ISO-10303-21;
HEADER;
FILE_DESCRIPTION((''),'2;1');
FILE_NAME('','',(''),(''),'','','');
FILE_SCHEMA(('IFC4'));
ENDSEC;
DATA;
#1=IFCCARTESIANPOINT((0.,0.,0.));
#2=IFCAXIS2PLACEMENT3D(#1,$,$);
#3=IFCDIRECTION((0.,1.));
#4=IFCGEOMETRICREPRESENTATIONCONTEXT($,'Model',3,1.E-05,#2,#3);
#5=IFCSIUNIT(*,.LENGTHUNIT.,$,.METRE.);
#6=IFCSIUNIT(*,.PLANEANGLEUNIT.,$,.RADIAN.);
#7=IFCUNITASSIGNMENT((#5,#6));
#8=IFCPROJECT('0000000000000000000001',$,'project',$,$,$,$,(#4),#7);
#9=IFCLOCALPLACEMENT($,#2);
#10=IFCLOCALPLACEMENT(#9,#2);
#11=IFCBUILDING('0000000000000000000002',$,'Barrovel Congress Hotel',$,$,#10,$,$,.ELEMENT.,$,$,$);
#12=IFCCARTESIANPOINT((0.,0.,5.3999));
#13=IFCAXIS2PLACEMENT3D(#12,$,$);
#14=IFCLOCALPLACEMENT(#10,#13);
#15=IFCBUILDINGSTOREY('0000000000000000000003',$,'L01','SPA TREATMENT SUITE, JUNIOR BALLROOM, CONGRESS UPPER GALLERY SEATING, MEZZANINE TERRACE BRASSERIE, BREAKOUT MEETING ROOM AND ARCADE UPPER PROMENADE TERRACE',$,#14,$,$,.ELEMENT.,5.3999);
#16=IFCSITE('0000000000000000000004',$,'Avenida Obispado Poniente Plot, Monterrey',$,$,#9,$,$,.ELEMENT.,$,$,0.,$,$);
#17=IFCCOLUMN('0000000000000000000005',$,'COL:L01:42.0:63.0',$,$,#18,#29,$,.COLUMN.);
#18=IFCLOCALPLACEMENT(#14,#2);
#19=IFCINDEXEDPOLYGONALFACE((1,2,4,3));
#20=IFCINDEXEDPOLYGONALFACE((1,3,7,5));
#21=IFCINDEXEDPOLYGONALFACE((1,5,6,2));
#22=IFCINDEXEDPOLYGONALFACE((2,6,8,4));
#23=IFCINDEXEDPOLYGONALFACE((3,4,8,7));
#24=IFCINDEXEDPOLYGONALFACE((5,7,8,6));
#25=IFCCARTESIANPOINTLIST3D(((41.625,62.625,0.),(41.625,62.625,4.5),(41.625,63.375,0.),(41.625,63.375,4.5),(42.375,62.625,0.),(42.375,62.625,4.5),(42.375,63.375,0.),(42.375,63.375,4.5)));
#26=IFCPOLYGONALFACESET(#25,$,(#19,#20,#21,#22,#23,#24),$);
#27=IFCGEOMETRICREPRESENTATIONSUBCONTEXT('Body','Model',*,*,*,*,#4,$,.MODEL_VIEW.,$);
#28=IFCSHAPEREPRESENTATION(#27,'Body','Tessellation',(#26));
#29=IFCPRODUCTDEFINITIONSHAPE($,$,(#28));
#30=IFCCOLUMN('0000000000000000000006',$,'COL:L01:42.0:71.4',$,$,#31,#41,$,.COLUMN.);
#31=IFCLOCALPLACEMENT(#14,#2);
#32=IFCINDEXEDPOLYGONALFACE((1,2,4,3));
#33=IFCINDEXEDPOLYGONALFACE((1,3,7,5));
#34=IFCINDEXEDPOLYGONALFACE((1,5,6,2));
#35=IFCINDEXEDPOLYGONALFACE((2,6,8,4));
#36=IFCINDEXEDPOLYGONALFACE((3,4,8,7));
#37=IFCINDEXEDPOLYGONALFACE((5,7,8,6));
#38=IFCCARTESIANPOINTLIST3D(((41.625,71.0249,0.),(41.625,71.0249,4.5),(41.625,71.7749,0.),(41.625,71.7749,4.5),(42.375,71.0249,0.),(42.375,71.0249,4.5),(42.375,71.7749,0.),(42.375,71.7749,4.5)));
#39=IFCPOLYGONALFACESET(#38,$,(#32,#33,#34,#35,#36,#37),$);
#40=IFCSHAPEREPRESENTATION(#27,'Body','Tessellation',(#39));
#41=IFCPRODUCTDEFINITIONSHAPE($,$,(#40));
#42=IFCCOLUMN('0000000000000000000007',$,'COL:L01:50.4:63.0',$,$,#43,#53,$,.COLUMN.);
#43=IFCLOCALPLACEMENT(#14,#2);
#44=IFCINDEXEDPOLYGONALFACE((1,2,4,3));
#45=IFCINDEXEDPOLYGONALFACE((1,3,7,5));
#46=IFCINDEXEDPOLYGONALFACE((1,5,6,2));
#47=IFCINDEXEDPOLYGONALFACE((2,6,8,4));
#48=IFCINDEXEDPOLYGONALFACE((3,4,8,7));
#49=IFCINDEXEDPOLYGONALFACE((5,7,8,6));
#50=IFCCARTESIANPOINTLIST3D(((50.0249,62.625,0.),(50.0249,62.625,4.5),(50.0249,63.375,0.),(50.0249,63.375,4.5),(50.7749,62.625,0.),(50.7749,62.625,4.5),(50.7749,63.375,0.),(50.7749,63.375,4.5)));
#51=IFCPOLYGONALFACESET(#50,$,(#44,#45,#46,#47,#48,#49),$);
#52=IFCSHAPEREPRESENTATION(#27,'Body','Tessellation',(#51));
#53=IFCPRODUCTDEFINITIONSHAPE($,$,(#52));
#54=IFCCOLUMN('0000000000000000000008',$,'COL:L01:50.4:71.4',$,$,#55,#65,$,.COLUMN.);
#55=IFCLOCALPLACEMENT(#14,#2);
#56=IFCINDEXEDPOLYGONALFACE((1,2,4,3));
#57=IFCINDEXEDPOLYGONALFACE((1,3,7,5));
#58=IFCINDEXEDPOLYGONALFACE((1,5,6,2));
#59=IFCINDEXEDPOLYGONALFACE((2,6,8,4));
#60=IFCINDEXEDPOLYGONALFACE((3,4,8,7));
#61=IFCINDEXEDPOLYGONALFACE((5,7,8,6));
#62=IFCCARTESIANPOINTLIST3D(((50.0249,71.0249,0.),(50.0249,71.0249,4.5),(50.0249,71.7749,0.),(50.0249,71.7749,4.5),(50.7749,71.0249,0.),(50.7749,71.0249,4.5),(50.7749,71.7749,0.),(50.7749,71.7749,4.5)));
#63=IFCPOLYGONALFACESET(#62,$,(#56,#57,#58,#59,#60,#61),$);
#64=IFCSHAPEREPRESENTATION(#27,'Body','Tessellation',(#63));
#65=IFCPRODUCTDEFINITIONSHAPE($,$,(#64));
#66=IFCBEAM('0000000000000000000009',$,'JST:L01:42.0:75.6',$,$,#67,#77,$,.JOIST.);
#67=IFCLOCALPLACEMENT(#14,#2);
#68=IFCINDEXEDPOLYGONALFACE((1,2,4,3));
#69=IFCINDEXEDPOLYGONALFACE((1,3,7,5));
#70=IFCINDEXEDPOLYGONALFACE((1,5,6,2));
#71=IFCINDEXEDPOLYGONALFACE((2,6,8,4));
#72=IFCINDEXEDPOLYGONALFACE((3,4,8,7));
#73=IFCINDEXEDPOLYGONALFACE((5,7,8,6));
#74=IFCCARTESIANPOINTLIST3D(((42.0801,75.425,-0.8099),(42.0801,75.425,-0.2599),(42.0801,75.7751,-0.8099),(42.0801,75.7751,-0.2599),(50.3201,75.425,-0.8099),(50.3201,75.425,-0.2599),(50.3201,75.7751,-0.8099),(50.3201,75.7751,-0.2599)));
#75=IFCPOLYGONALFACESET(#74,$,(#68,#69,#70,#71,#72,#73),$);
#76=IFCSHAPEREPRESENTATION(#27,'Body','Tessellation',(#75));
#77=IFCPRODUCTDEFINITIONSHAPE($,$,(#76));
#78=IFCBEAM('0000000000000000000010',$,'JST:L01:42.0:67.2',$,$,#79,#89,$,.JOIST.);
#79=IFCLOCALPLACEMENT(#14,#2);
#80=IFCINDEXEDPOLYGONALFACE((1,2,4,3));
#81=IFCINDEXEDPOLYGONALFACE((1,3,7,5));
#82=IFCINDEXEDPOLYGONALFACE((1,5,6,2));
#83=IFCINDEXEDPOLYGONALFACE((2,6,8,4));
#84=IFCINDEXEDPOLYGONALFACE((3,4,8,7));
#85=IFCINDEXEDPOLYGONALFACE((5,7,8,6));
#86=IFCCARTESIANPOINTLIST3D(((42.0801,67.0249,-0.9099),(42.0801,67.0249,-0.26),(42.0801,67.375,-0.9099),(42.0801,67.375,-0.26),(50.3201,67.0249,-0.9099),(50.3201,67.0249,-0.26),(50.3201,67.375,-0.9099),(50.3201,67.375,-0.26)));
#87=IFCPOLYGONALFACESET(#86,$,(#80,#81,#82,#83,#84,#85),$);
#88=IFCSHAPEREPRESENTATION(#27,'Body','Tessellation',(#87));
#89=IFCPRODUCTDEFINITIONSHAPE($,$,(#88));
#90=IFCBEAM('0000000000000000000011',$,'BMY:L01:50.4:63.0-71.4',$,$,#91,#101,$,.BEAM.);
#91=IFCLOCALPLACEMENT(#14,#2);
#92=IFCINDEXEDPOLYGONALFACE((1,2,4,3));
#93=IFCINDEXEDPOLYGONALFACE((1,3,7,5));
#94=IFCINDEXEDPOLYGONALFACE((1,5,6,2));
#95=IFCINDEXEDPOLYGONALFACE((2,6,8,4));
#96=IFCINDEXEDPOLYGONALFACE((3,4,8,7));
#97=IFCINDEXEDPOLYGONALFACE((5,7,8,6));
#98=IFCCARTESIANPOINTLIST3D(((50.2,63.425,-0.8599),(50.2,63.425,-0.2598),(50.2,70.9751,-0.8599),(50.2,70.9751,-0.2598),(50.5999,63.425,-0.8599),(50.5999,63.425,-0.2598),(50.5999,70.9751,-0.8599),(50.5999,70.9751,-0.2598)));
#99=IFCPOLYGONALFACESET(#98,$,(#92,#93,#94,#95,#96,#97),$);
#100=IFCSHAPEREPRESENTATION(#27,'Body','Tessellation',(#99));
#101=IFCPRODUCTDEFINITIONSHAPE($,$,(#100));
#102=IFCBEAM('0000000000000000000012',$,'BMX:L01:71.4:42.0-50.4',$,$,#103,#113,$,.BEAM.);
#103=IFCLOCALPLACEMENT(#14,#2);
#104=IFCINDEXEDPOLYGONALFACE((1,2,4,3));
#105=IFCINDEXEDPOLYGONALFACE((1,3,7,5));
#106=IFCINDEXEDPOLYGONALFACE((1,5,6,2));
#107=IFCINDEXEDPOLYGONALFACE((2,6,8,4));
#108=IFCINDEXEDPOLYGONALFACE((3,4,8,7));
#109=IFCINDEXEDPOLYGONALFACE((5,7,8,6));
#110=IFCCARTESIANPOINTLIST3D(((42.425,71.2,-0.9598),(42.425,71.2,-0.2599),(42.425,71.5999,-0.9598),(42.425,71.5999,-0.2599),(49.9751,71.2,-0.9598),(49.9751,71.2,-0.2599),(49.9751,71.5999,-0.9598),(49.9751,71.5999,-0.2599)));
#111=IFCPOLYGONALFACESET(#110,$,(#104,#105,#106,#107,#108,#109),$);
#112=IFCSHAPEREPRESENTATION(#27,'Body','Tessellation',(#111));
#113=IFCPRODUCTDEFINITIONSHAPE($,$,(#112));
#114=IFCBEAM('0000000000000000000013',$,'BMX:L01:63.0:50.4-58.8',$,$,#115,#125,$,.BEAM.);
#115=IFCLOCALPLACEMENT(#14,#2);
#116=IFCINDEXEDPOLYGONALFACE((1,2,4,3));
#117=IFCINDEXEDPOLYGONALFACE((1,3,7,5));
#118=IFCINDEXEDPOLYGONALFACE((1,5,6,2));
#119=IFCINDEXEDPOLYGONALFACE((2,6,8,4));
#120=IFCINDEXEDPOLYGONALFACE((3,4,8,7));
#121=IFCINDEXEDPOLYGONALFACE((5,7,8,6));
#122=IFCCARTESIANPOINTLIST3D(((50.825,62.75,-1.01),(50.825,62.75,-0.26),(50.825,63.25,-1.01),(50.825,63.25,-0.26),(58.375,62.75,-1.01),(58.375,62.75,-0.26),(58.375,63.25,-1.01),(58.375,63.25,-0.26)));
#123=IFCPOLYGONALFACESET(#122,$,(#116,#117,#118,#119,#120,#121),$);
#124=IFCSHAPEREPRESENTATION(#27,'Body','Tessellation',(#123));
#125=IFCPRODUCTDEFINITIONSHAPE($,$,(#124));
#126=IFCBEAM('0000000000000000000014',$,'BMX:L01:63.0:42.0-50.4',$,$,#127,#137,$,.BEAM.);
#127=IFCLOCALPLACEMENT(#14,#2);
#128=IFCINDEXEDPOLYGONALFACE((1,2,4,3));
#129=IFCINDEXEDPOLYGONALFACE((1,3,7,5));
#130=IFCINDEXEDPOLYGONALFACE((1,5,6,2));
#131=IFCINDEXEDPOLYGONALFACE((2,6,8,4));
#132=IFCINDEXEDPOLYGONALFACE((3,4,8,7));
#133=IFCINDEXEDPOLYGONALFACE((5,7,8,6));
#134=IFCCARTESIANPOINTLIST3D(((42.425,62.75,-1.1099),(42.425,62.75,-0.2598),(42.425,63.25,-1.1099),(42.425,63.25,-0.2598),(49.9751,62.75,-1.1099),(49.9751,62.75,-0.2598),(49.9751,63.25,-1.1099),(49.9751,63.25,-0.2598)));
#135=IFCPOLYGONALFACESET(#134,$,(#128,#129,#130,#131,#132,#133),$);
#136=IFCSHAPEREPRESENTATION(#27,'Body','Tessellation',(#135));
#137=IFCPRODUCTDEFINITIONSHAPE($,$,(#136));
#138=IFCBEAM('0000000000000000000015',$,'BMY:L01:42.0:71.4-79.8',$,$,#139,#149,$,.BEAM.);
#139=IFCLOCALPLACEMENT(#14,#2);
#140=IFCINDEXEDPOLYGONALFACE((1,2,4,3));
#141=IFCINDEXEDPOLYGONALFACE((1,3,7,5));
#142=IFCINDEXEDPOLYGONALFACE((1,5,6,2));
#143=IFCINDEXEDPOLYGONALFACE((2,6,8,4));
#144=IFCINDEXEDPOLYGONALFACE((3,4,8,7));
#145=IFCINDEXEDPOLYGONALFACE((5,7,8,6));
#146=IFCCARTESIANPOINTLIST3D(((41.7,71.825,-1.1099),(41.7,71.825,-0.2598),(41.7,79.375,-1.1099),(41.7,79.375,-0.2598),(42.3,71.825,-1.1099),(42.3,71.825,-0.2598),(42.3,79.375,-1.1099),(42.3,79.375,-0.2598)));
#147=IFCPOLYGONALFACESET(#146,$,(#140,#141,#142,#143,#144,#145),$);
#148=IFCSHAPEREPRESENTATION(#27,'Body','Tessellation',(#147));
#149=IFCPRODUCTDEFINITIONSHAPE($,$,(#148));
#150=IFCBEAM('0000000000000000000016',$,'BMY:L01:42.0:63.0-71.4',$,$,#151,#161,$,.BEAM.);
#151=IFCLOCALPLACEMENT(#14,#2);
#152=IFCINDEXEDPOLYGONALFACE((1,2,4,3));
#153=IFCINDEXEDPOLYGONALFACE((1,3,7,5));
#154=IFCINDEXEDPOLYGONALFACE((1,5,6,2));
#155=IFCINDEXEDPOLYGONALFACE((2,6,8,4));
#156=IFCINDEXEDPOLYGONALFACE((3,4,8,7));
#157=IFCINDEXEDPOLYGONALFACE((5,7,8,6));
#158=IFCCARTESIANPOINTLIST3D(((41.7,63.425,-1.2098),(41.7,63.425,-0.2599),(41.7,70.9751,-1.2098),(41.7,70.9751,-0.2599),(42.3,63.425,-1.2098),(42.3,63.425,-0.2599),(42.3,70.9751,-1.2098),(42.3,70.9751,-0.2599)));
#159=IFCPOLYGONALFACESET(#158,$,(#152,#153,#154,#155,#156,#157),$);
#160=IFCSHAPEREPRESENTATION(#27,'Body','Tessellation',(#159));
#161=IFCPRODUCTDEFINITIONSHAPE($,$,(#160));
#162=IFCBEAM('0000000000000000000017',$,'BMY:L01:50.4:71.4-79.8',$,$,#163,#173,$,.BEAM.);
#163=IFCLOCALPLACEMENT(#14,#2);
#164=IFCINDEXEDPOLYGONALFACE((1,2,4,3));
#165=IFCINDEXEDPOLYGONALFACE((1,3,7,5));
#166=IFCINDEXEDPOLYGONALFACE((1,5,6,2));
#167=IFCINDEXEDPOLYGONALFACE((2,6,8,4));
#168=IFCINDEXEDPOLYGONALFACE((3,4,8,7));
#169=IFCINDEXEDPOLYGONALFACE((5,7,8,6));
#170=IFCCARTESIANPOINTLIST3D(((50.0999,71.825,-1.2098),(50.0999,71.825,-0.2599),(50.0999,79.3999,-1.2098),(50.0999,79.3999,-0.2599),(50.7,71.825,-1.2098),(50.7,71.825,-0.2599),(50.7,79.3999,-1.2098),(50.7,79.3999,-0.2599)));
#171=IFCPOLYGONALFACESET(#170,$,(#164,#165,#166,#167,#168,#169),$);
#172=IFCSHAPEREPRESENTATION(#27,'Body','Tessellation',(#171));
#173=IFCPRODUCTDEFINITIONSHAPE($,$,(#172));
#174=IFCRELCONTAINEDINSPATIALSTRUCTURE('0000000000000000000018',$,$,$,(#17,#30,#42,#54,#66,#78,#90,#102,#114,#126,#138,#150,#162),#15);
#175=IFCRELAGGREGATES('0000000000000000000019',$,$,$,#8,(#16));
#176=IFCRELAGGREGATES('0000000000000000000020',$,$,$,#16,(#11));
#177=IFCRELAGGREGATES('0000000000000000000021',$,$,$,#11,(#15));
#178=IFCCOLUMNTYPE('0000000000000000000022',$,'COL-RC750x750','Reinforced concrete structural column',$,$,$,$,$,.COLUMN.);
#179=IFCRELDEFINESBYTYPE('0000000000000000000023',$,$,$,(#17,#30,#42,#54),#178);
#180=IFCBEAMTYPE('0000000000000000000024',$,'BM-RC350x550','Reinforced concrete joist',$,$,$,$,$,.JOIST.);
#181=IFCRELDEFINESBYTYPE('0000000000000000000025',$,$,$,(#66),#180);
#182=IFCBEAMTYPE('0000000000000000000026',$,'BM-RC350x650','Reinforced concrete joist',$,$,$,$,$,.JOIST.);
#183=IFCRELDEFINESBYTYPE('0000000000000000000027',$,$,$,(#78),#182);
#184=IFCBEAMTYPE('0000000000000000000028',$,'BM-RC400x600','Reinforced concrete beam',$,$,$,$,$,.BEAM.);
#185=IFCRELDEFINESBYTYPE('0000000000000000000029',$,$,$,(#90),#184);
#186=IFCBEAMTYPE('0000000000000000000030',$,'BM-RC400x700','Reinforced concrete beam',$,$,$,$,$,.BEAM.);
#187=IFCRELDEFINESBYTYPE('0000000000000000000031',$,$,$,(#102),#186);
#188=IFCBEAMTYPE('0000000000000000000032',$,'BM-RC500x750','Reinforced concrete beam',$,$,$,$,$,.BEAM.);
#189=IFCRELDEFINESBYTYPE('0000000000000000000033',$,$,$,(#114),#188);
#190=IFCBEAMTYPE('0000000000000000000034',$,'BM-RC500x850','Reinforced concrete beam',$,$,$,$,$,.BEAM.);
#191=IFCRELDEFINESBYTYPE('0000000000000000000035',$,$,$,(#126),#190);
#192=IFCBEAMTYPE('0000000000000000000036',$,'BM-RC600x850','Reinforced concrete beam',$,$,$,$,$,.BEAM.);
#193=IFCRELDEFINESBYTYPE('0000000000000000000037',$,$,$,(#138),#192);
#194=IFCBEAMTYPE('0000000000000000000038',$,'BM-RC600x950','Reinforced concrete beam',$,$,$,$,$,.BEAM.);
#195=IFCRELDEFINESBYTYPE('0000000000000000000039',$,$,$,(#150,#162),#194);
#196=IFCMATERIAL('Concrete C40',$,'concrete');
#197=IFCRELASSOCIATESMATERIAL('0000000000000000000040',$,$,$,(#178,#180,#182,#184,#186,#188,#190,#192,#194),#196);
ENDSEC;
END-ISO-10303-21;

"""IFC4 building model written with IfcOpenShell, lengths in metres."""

from ifc_helpers import new_model, si_unit, direction, frame, origin, origin_2d, place, context, subcontext, project, spatial, rectangle, extrude, material, material_profile, profile_set, type_object, element, save


model = new_model("IFC4")

# Units and contexts
model_context = context("Model", 3, precision=1e-05, world=origin(), true_north=direction((0.0, 1.0)))
body_context = subcontext(model_context, "Body", "Model", "MODEL_VIEW")
ifc_project = project(units=[si_unit("LENGTHUNIT", "METRE"), si_unit("PLANEANGLEUNIT", "RADIAN")], contexts=[model_context])

# Site, building, storey
site_placement = place(None, origin())
site = spatial("IfcSite", under=ifc_project, at=site_placement, Name="Avenida Obispado Poniente Plot, Monterrey", CompositionType="ELEMENT", RefElevation=0.0)
building_placement = place(site_placement, origin())
building = spatial("IfcBuilding", under=site, at=building_placement, Name="Barrovel Congress Hotel", CompositionType="ELEMENT")
storey_placement = place(building_placement, frame((0.0, 0.0, 5.3999)))
storey = spatial("IfcBuildingStorey", under=building, at=storey_placement, Name="L01", Description="SPA TREATMENT SUITE, JUNIOR BALLROOM, CONGRESS UPPER GALLERY SEATING, MEZZANINE TERRACE BRASSERIE, BREAKOUT MEETING ROOM AND ARCADE UPPER PROMENADE TERRACE", CompositionType="ELEMENT", Elevation=5.3999)

# Columns
ifc_material_1 = material(Name="Concrete C40", Category="concrete")
ifc_material_profile_1 = material_profile(ifc_material_1, rectangle(XDim=0.75, YDim=0.75, at=origin_2d()), Name="RC750x750")
ifc_profile_set_1 = profile_set([ifc_material_profile_1], Name="Concrete C40")
column_type = type_object("IfcColumnType", Name="COL-RC750x750", Description="Reinforced concrete structural column", PredefinedType="COLUMN", material=ifc_profile_set_1)
for number, where, z_axis, x_axis, name in (
    (1, (42.0, 63.0, 0.0), (0.0, 0.0, 1.0), (1.0, 0.0, 0.0), "COL:L01:42.0:63.0"),
    (2, (42.0, 71.3999, 0.0), (0.0, 0.0, 1.0), (1.0, 0.0, 0.0), "COL:L01:42.0:71.4"),
    (3, (50.3999, 63.0, 0.0), (0.0, 0.0, 1.0), (1.0, 0.0, 0.0), "COL:L01:50.4:63.0"),
    (4, (50.3999, 71.3999, 0.0), (0.0, 0.0, 1.0), (1.0, 0.0, 0.0), "COL:L01:50.4:71.4"),
):
    element("IfcColumn", number, at=place(storey_placement, frame(where, z_axis=z_axis, x_axis=x_axis)), inside=storey, type_object=column_type, Name=name, PredefinedType="COLUMN", context=body_context, shape_type="SweptSolid", body=[
        extrude(rectangle(XDim=0.75, YDim=0.75, at=origin_2d()), origin(), (0.0, 0.0, 1.0), 4.5),
    ])

# Beams
ifc_material_profile_2 = material_profile(ifc_material_1, rectangle(XDim=0.3501, YDim=0.55, at=origin_2d()), Name="RC350x550")
ifc_profile_set_2 = profile_set([ifc_material_profile_2], Name="Concrete C40")
beam_type_1 = type_object("IfcBeamType", Name="BM-RC350x550", Description="Reinforced concrete joist", PredefinedType="JOIST", material=ifc_profile_set_2)
beam_1_placement = place(storey_placement, frame((42.0801, 75.6001, -0.5349), z_axis=(1.0, 0.0, 0.0), x_axis=(0.0, 1.0, 0.0)))
element("IfcBeam", 5, at=beam_1_placement, inside=storey, type_object=beam_type_1, Name="JST:L01:42.0:75.6", PredefinedType="JOIST", context=body_context, shape_type="SweptSolid", body=[
    extrude(rectangle(XDim=0.3501, YDim=0.55, at=origin_2d()), origin(), (0.0, 0.0, 1.0), 8.24),
])
ifc_material_profile_3 = material_profile(ifc_material_1, rectangle(XDim=0.3501, YDim=0.6499, at=origin_2d()), Name="RC350x650")
ifc_profile_set_3 = profile_set([ifc_material_profile_3], Name="Concrete C40")
beam_type_2 = type_object("IfcBeamType", Name="BM-RC350x650", Description="Reinforced concrete joist", PredefinedType="JOIST", material=ifc_profile_set_3)
beam_2_placement = place(storey_placement, frame((42.0801, 67.2, -0.585), z_axis=(1.0, 0.0, 0.0), x_axis=(0.0, 1.0, 0.0)))
element("IfcBeam", 6, at=beam_2_placement, inside=storey, type_object=beam_type_2, Name="JST:L01:42.0:67.2", PredefinedType="JOIST", context=body_context, shape_type="SweptSolid", body=[
    extrude(rectangle(XDim=0.3501, YDim=0.6499, at=origin_2d()), origin(), (0.0, 0.0, 1.0), 8.24),
])
ifc_material_profile_4 = material_profile(ifc_material_1, rectangle(XDim=0.3999, YDim=0.6001, at=origin_2d()), Name="RC400x600")
ifc_profile_set_4 = profile_set([ifc_material_profile_4], Name="Concrete C40")
beam_type_3 = type_object("IfcBeamType", Name="BM-RC400x600", Description="Reinforced concrete beam", PredefinedType="BEAM", material=ifc_profile_set_4)
beam_3_placement = place(storey_placement, frame((50.3999, 63.425, -0.5598), z_axis=(0.0, 1.0, 0.0), x_axis=(-1.0, 0.0, 0.0)))
element("IfcBeam", 7, at=beam_3_placement, inside=storey, type_object=beam_type_3, Name="BMY:L01:50.4:63.0-71.4", PredefinedType="BEAM", context=body_context, shape_type="SweptSolid", body=[
    extrude(rectangle(XDim=0.3999, YDim=0.6001, at=origin_2d()), origin(), (0.0, 0.0, 1.0), 7.55),
])
ifc_material_profile_5 = material_profile(ifc_material_1, rectangle(XDim=0.3999, YDim=0.7, at=origin_2d()), Name="RC400x700")
ifc_profile_set_5 = profile_set([ifc_material_profile_5], Name="Concrete C40")
beam_type_4 = type_object("IfcBeamType", Name="BM-RC400x700", Description="Reinforced concrete beam", PredefinedType="BEAM", material=ifc_profile_set_5)
beam_4_placement = place(storey_placement, frame((42.425, 71.3999, -0.6099), z_axis=(1.0, 0.0, 0.0), x_axis=(0.0, 1.0, 0.0)))
element("IfcBeam", 8, at=beam_4_placement, inside=storey, type_object=beam_type_4, Name="BMX:L01:71.4:42.0-50.4", PredefinedType="BEAM", context=body_context, shape_type="SweptSolid", body=[
    extrude(rectangle(XDim=0.3999, YDim=0.7, at=origin_2d()), origin(), (0.0, 0.0, 1.0), 7.55),
])
ifc_material_profile_6 = material_profile(ifc_material_1, rectangle(XDim=0.5, YDim=0.75, at=origin_2d()), Name="RC500x750")
ifc_profile_set_6 = profile_set([ifc_material_profile_6], Name="Concrete C40")
beam_type_5 = type_object("IfcBeamType", Name="BM-RC500x750", Description="Reinforced concrete beam", PredefinedType="BEAM", material=ifc_profile_set_6)
beam_5_placement = place(storey_placement, frame((50.825, 63.0, -0.635), z_axis=(1.0, 0.0, 0.0), x_axis=(0.0, 1.0, 0.0)))
element("IfcBeam", 9, at=beam_5_placement, inside=storey, type_object=beam_type_5, Name="BMX:L01:63.0:50.4-58.8", PredefinedType="BEAM", context=body_context, shape_type="SweptSolid", body=[
    extrude(rectangle(XDim=0.5, YDim=0.75, at=origin_2d()), origin(), (0.0, 0.0, 1.0), 7.55),
])
ifc_material_profile_7 = material_profile(ifc_material_1, rectangle(XDim=0.5, YDim=0.8501, at=origin_2d()), Name="RC500x850")
ifc_profile_set_7 = profile_set([ifc_material_profile_7], Name="Concrete C40")
beam_type_6 = type_object("IfcBeamType", Name="BM-RC500x850", Description="Reinforced concrete beam", PredefinedType="BEAM", material=ifc_profile_set_7)
beam_6_placement = place(storey_placement, frame((42.425, 63.0, -0.6848), z_axis=(1.0, 0.0, 0.0), x_axis=(0.0, 1.0, 0.0)))
element("IfcBeam", 10, at=beam_6_placement, inside=storey, type_object=beam_type_6, Name="BMX:L01:63.0:42.0-50.4", PredefinedType="BEAM", context=body_context, shape_type="SweptSolid", body=[
    extrude(rectangle(XDim=0.5, YDim=0.8501, at=origin_2d()), origin(), (0.0, 0.0, 1.0), 7.55),
])
ifc_material_profile_8 = material_profile(ifc_material_1, rectangle(XDim=0.6001, YDim=0.8501, at=origin_2d()), Name="RC600x850")
ifc_profile_set_8 = profile_set([ifc_material_profile_8], Name="Concrete C40")
beam_type_7 = type_object("IfcBeamType", Name="BM-RC600x850", Description="Reinforced concrete beam", PredefinedType="BEAM", material=ifc_profile_set_8)
beam_7_placement = place(storey_placement, frame((42.0, 71.825, -0.6848), z_axis=(0.0, 1.0, 0.0), x_axis=(-1.0, 0.0, 0.0)))
element("IfcBeam", 11, at=beam_7_placement, inside=storey, type_object=beam_type_7, Name="BMY:L01:42.0:71.4-79.8", PredefinedType="BEAM", context=body_context, shape_type="SweptSolid", body=[
    extrude(rectangle(XDim=0.6001, YDim=0.8501, at=origin_2d()), origin(), (0.0, 0.0, 1.0), 7.55),
])
ifc_material_profile_9 = material_profile(ifc_material_1, rectangle(XDim=0.6001, YDim=0.95, at=origin_2d()), Name="RC600x950")
ifc_profile_set_9 = profile_set([ifc_material_profile_9], Name="Concrete C40")
beam_type_8 = type_object("IfcBeamType", Name="BM-RC600x950", Description="Reinforced concrete beam", PredefinedType="BEAM", material=ifc_profile_set_9)
beam_8_placement = place(storey_placement, frame((42.0, 63.425, -0.7349), z_axis=(0.0, 1.0, 0.0), x_axis=(-1.0, 0.0, 0.0)))
element("IfcBeam", 12, at=beam_8_placement, inside=storey, type_object=beam_type_8, Name="BMY:L01:42.0:63.0-71.4", PredefinedType="BEAM", context=body_context, shape_type="SweptSolid", body=[
    extrude(rectangle(XDim=0.6001, YDim=0.95, at=origin_2d()), origin(), (0.0, 0.0, 1.0), 7.55),
])
beam_9_placement = place(storey_placement, frame((50.3999, 71.825, -0.7349), z_axis=(0.0, 1.0, 0.0), x_axis=(-1.0, 0.0, 0.0)))
element("IfcBeam", 13, at=beam_9_placement, inside=storey, type_object=beam_type_8, Name="BMY:L01:50.4:71.4-79.8", PredefinedType="BEAM", context=body_context, shape_type="SweptSolid", body=[
    extrude(rectangle(XDim=0.6001, YDim=0.95, at=origin_2d()), origin(), (0.0, 0.0, 1.0), 7.575),
])

save(model, "model.ifc")
